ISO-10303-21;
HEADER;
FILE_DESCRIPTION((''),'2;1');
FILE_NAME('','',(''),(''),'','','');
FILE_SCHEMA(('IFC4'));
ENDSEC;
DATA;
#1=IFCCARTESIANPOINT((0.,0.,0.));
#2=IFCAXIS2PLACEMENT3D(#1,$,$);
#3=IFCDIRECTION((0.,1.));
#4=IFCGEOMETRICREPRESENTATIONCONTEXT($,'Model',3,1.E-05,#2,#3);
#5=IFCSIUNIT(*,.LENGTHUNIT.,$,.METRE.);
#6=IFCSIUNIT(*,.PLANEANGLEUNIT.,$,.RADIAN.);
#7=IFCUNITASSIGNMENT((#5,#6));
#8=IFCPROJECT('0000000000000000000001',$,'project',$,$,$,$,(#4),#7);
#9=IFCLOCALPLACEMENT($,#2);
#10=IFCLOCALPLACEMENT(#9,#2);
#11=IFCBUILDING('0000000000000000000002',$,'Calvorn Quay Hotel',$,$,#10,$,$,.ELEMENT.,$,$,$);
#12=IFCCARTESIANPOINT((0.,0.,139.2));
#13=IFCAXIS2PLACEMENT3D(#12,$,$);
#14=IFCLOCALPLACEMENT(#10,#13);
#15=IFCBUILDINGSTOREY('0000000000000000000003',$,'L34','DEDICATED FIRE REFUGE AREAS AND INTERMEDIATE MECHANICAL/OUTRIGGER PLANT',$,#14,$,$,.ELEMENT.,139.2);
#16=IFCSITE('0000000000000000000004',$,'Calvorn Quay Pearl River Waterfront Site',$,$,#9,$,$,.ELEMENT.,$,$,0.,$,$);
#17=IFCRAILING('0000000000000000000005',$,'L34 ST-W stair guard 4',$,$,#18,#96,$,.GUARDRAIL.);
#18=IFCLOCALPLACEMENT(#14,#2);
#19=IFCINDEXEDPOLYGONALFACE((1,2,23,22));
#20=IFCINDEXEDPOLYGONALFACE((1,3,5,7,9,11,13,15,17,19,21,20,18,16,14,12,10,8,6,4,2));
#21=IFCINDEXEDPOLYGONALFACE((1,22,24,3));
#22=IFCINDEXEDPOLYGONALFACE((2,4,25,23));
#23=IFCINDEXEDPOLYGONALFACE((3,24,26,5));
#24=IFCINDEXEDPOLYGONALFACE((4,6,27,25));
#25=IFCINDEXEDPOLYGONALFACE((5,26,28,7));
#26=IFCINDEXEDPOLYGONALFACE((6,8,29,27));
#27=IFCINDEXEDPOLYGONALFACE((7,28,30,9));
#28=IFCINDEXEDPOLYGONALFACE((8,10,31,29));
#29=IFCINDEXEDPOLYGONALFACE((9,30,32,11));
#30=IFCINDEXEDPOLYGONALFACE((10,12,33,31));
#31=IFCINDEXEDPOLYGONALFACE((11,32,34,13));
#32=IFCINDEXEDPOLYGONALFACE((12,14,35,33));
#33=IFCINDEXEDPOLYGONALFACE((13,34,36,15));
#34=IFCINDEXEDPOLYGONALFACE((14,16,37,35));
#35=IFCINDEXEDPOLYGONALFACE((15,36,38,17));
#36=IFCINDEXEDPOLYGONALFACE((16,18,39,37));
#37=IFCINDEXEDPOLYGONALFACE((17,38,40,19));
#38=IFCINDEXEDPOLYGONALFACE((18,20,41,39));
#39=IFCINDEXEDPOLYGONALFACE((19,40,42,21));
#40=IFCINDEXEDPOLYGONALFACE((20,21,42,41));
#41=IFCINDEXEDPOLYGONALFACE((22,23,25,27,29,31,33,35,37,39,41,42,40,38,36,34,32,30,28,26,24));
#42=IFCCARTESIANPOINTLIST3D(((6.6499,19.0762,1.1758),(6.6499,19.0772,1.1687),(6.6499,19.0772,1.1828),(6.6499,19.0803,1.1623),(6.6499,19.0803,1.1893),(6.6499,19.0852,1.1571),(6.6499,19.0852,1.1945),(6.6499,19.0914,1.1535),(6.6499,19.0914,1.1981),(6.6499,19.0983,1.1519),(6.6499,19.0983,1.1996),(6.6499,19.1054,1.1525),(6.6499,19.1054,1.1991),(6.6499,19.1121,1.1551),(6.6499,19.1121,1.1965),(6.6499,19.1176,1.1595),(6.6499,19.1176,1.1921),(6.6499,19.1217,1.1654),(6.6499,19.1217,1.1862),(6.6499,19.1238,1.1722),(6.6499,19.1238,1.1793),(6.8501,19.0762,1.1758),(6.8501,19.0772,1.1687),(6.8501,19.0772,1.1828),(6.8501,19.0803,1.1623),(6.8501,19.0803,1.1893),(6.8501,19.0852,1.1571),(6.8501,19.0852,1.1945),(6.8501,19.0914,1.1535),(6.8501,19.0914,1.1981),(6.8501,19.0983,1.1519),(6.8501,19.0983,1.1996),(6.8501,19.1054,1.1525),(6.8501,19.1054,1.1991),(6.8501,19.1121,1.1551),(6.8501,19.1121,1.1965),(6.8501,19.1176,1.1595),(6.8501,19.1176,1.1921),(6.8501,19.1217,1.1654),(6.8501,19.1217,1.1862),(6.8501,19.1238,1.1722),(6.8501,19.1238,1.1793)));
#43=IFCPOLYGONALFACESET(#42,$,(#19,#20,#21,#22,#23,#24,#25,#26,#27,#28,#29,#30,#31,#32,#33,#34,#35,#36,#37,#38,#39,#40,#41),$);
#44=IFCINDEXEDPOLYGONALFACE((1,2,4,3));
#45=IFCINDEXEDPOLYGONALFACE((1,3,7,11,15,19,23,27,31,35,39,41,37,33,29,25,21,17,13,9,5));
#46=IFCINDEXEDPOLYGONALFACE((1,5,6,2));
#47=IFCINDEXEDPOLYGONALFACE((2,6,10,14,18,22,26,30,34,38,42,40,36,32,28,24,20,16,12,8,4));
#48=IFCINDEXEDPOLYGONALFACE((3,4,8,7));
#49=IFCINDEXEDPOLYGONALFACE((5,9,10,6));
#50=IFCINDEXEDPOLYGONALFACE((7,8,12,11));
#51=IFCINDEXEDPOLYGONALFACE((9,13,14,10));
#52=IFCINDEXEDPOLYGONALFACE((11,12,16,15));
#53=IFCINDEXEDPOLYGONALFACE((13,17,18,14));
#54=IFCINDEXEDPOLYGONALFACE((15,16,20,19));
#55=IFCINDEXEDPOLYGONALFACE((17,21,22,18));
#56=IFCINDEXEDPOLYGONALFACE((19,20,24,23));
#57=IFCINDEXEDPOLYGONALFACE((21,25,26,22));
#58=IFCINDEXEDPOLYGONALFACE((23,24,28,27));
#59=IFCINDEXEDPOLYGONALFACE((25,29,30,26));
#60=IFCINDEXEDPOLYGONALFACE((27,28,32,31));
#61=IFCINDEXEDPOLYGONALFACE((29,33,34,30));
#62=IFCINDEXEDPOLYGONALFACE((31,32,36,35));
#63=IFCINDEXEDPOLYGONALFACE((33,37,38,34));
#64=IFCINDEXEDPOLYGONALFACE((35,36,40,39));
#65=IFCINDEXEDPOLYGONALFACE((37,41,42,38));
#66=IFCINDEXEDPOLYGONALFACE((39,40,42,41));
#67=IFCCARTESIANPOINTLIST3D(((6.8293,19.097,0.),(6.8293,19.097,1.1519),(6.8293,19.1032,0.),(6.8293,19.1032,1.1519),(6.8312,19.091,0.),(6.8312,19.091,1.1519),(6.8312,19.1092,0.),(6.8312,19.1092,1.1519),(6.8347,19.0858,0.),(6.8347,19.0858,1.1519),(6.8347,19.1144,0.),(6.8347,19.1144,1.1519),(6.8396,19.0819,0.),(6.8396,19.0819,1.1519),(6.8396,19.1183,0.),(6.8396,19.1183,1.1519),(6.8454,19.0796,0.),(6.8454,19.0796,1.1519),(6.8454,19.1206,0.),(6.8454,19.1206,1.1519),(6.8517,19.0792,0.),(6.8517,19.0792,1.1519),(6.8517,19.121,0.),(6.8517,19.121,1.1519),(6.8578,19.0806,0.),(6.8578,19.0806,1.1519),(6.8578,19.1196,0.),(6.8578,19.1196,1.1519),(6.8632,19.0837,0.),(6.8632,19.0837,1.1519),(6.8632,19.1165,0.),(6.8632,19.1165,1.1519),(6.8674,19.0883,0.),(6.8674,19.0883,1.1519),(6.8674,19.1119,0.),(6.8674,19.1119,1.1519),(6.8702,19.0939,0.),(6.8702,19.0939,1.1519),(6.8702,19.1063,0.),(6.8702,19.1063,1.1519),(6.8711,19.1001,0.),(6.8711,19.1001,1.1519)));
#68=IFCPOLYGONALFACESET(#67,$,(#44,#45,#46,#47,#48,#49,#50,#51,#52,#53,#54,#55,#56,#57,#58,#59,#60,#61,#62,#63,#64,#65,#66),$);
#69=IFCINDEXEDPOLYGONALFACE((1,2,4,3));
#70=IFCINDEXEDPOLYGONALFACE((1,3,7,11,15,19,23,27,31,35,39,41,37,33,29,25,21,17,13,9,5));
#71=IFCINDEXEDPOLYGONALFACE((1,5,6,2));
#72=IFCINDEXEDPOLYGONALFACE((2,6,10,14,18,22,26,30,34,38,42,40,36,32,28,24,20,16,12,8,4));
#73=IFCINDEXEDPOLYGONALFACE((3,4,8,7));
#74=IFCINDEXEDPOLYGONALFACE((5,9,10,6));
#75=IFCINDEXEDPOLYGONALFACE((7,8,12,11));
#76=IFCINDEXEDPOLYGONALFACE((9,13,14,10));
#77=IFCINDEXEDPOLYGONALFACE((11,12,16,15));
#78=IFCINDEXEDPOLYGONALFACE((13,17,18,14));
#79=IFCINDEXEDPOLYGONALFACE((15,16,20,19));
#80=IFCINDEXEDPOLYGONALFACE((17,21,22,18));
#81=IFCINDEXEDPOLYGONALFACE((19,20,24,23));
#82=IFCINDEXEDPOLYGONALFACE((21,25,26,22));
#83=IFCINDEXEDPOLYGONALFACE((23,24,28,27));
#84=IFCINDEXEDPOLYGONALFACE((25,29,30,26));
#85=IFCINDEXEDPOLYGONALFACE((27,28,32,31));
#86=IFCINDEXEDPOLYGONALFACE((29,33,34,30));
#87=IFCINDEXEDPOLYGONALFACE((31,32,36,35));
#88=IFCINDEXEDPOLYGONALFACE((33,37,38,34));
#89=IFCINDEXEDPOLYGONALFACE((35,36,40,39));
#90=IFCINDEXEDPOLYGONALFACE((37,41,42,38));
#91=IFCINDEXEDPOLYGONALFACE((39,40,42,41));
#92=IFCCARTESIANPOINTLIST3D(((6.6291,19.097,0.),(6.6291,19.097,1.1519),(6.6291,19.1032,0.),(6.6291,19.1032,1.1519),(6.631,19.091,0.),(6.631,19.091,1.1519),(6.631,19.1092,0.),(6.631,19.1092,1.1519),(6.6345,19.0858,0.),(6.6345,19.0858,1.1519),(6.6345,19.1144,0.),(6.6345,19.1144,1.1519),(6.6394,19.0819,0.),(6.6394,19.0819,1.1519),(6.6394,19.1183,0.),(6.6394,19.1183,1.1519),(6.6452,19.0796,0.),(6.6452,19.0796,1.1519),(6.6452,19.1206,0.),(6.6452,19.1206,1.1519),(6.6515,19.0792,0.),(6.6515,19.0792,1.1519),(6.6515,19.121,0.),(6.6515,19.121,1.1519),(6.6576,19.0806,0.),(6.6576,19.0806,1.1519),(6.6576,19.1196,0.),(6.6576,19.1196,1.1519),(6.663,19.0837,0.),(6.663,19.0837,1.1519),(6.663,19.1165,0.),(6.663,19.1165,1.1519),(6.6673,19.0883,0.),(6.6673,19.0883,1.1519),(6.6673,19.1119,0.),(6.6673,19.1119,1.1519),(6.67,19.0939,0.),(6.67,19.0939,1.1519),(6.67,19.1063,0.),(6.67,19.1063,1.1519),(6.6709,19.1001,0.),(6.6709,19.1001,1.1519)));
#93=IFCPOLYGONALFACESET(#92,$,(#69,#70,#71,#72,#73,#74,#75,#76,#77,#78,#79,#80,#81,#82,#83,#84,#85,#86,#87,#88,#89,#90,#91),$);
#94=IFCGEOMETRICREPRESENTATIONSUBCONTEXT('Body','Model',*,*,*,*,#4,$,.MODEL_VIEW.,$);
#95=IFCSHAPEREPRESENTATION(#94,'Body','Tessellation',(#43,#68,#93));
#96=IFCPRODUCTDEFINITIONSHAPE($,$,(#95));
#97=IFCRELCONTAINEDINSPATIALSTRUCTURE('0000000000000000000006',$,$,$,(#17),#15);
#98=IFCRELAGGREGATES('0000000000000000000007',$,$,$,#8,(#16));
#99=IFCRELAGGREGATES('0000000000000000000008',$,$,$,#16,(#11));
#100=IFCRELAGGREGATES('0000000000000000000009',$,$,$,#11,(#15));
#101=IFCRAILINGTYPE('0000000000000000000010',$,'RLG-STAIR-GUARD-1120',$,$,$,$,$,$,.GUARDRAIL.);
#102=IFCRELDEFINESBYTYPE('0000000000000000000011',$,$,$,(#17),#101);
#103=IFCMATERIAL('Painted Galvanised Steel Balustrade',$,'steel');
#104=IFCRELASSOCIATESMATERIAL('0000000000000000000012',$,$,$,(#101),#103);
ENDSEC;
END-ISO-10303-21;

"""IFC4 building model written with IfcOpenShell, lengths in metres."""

from ifc_helpers import new_model, si_unit, direction, frame, origin, origin_2d, place, context, subcontext, project, spatial, circle, extrude, material, type_object, element, save


model = new_model("IFC4")

# Units and contexts
model_context = context("Model", 3, precision=1e-05, world=origin(), true_north=direction((0.0, 1.0)))
body_context = subcontext(model_context, "Body", "Model", "MODEL_VIEW")
ifc_project = project(units=[si_unit("LENGTHUNIT", "METRE"), si_unit("PLANEANGLEUNIT", "RADIAN")], contexts=[model_context])

# Site, building, storey
site_placement = place(None, origin())
site = spatial("IfcSite", under=ifc_project, at=site_placement, Name="Calvorn Quay Pearl River Waterfront Site", CompositionType="ELEMENT", RefElevation=0.0)
building_placement = place(site_placement, origin())
building = spatial("IfcBuilding", under=site, at=building_placement, Name="Calvorn Quay Hotel", CompositionType="ELEMENT")
storey_placement = place(building_placement, frame((0.0, 0.0, 139.2)))
storey = spatial("IfcBuildingStorey", under=building, at=storey_placement, Name="L34", Description="DEDICATED FIRE REFUGE AREAS AND INTERMEDIATE MECHANICAL/OUTRIGGER PLANT", CompositionType="ELEMENT", Elevation=139.2)

# Railing
ifc_material_1 = material(Name="Painted Galvanised Steel Balustrade", Category="steel")
railing_type_1 = type_object("IfcRailingType", Name="RLG-STAIR-GUARD-1120", PredefinedType="GUARDRAIL", material=ifc_material_1)
railing_1_placement = place(storey_placement, frame((6.8501, 19.1001, 0.0)))
element("IfcRailing", 1, at=railing_1_placement, inside=storey, type_object=railing_type_1, Name="L34 ST-W stair guard 4", PredefinedType="GUARDRAIL", context=body_context, shape_type="SweptSolid", body=[
    extrude(circle(Radius=0.0239, at=origin_2d()), frame((0.0, 0.0, 1.1758), z_axis=(-1.0, 0.0, 0.0), x_axis=(0.0, -1.0, 0.0)), (0.0, 0.0, 1.0), 0.2002),
    extrude(circle(Radius=0.021, at=origin_2d()), origin(), (0.0, 0.0, 1.0), 1.1519),
    extrude(circle(Radius=0.021, at=origin_2d()), frame((-0.2002, 0.0, 0.0)), (0.0, 0.0, 1.0), 1.1519),
])

save(model, "model.ifc")
